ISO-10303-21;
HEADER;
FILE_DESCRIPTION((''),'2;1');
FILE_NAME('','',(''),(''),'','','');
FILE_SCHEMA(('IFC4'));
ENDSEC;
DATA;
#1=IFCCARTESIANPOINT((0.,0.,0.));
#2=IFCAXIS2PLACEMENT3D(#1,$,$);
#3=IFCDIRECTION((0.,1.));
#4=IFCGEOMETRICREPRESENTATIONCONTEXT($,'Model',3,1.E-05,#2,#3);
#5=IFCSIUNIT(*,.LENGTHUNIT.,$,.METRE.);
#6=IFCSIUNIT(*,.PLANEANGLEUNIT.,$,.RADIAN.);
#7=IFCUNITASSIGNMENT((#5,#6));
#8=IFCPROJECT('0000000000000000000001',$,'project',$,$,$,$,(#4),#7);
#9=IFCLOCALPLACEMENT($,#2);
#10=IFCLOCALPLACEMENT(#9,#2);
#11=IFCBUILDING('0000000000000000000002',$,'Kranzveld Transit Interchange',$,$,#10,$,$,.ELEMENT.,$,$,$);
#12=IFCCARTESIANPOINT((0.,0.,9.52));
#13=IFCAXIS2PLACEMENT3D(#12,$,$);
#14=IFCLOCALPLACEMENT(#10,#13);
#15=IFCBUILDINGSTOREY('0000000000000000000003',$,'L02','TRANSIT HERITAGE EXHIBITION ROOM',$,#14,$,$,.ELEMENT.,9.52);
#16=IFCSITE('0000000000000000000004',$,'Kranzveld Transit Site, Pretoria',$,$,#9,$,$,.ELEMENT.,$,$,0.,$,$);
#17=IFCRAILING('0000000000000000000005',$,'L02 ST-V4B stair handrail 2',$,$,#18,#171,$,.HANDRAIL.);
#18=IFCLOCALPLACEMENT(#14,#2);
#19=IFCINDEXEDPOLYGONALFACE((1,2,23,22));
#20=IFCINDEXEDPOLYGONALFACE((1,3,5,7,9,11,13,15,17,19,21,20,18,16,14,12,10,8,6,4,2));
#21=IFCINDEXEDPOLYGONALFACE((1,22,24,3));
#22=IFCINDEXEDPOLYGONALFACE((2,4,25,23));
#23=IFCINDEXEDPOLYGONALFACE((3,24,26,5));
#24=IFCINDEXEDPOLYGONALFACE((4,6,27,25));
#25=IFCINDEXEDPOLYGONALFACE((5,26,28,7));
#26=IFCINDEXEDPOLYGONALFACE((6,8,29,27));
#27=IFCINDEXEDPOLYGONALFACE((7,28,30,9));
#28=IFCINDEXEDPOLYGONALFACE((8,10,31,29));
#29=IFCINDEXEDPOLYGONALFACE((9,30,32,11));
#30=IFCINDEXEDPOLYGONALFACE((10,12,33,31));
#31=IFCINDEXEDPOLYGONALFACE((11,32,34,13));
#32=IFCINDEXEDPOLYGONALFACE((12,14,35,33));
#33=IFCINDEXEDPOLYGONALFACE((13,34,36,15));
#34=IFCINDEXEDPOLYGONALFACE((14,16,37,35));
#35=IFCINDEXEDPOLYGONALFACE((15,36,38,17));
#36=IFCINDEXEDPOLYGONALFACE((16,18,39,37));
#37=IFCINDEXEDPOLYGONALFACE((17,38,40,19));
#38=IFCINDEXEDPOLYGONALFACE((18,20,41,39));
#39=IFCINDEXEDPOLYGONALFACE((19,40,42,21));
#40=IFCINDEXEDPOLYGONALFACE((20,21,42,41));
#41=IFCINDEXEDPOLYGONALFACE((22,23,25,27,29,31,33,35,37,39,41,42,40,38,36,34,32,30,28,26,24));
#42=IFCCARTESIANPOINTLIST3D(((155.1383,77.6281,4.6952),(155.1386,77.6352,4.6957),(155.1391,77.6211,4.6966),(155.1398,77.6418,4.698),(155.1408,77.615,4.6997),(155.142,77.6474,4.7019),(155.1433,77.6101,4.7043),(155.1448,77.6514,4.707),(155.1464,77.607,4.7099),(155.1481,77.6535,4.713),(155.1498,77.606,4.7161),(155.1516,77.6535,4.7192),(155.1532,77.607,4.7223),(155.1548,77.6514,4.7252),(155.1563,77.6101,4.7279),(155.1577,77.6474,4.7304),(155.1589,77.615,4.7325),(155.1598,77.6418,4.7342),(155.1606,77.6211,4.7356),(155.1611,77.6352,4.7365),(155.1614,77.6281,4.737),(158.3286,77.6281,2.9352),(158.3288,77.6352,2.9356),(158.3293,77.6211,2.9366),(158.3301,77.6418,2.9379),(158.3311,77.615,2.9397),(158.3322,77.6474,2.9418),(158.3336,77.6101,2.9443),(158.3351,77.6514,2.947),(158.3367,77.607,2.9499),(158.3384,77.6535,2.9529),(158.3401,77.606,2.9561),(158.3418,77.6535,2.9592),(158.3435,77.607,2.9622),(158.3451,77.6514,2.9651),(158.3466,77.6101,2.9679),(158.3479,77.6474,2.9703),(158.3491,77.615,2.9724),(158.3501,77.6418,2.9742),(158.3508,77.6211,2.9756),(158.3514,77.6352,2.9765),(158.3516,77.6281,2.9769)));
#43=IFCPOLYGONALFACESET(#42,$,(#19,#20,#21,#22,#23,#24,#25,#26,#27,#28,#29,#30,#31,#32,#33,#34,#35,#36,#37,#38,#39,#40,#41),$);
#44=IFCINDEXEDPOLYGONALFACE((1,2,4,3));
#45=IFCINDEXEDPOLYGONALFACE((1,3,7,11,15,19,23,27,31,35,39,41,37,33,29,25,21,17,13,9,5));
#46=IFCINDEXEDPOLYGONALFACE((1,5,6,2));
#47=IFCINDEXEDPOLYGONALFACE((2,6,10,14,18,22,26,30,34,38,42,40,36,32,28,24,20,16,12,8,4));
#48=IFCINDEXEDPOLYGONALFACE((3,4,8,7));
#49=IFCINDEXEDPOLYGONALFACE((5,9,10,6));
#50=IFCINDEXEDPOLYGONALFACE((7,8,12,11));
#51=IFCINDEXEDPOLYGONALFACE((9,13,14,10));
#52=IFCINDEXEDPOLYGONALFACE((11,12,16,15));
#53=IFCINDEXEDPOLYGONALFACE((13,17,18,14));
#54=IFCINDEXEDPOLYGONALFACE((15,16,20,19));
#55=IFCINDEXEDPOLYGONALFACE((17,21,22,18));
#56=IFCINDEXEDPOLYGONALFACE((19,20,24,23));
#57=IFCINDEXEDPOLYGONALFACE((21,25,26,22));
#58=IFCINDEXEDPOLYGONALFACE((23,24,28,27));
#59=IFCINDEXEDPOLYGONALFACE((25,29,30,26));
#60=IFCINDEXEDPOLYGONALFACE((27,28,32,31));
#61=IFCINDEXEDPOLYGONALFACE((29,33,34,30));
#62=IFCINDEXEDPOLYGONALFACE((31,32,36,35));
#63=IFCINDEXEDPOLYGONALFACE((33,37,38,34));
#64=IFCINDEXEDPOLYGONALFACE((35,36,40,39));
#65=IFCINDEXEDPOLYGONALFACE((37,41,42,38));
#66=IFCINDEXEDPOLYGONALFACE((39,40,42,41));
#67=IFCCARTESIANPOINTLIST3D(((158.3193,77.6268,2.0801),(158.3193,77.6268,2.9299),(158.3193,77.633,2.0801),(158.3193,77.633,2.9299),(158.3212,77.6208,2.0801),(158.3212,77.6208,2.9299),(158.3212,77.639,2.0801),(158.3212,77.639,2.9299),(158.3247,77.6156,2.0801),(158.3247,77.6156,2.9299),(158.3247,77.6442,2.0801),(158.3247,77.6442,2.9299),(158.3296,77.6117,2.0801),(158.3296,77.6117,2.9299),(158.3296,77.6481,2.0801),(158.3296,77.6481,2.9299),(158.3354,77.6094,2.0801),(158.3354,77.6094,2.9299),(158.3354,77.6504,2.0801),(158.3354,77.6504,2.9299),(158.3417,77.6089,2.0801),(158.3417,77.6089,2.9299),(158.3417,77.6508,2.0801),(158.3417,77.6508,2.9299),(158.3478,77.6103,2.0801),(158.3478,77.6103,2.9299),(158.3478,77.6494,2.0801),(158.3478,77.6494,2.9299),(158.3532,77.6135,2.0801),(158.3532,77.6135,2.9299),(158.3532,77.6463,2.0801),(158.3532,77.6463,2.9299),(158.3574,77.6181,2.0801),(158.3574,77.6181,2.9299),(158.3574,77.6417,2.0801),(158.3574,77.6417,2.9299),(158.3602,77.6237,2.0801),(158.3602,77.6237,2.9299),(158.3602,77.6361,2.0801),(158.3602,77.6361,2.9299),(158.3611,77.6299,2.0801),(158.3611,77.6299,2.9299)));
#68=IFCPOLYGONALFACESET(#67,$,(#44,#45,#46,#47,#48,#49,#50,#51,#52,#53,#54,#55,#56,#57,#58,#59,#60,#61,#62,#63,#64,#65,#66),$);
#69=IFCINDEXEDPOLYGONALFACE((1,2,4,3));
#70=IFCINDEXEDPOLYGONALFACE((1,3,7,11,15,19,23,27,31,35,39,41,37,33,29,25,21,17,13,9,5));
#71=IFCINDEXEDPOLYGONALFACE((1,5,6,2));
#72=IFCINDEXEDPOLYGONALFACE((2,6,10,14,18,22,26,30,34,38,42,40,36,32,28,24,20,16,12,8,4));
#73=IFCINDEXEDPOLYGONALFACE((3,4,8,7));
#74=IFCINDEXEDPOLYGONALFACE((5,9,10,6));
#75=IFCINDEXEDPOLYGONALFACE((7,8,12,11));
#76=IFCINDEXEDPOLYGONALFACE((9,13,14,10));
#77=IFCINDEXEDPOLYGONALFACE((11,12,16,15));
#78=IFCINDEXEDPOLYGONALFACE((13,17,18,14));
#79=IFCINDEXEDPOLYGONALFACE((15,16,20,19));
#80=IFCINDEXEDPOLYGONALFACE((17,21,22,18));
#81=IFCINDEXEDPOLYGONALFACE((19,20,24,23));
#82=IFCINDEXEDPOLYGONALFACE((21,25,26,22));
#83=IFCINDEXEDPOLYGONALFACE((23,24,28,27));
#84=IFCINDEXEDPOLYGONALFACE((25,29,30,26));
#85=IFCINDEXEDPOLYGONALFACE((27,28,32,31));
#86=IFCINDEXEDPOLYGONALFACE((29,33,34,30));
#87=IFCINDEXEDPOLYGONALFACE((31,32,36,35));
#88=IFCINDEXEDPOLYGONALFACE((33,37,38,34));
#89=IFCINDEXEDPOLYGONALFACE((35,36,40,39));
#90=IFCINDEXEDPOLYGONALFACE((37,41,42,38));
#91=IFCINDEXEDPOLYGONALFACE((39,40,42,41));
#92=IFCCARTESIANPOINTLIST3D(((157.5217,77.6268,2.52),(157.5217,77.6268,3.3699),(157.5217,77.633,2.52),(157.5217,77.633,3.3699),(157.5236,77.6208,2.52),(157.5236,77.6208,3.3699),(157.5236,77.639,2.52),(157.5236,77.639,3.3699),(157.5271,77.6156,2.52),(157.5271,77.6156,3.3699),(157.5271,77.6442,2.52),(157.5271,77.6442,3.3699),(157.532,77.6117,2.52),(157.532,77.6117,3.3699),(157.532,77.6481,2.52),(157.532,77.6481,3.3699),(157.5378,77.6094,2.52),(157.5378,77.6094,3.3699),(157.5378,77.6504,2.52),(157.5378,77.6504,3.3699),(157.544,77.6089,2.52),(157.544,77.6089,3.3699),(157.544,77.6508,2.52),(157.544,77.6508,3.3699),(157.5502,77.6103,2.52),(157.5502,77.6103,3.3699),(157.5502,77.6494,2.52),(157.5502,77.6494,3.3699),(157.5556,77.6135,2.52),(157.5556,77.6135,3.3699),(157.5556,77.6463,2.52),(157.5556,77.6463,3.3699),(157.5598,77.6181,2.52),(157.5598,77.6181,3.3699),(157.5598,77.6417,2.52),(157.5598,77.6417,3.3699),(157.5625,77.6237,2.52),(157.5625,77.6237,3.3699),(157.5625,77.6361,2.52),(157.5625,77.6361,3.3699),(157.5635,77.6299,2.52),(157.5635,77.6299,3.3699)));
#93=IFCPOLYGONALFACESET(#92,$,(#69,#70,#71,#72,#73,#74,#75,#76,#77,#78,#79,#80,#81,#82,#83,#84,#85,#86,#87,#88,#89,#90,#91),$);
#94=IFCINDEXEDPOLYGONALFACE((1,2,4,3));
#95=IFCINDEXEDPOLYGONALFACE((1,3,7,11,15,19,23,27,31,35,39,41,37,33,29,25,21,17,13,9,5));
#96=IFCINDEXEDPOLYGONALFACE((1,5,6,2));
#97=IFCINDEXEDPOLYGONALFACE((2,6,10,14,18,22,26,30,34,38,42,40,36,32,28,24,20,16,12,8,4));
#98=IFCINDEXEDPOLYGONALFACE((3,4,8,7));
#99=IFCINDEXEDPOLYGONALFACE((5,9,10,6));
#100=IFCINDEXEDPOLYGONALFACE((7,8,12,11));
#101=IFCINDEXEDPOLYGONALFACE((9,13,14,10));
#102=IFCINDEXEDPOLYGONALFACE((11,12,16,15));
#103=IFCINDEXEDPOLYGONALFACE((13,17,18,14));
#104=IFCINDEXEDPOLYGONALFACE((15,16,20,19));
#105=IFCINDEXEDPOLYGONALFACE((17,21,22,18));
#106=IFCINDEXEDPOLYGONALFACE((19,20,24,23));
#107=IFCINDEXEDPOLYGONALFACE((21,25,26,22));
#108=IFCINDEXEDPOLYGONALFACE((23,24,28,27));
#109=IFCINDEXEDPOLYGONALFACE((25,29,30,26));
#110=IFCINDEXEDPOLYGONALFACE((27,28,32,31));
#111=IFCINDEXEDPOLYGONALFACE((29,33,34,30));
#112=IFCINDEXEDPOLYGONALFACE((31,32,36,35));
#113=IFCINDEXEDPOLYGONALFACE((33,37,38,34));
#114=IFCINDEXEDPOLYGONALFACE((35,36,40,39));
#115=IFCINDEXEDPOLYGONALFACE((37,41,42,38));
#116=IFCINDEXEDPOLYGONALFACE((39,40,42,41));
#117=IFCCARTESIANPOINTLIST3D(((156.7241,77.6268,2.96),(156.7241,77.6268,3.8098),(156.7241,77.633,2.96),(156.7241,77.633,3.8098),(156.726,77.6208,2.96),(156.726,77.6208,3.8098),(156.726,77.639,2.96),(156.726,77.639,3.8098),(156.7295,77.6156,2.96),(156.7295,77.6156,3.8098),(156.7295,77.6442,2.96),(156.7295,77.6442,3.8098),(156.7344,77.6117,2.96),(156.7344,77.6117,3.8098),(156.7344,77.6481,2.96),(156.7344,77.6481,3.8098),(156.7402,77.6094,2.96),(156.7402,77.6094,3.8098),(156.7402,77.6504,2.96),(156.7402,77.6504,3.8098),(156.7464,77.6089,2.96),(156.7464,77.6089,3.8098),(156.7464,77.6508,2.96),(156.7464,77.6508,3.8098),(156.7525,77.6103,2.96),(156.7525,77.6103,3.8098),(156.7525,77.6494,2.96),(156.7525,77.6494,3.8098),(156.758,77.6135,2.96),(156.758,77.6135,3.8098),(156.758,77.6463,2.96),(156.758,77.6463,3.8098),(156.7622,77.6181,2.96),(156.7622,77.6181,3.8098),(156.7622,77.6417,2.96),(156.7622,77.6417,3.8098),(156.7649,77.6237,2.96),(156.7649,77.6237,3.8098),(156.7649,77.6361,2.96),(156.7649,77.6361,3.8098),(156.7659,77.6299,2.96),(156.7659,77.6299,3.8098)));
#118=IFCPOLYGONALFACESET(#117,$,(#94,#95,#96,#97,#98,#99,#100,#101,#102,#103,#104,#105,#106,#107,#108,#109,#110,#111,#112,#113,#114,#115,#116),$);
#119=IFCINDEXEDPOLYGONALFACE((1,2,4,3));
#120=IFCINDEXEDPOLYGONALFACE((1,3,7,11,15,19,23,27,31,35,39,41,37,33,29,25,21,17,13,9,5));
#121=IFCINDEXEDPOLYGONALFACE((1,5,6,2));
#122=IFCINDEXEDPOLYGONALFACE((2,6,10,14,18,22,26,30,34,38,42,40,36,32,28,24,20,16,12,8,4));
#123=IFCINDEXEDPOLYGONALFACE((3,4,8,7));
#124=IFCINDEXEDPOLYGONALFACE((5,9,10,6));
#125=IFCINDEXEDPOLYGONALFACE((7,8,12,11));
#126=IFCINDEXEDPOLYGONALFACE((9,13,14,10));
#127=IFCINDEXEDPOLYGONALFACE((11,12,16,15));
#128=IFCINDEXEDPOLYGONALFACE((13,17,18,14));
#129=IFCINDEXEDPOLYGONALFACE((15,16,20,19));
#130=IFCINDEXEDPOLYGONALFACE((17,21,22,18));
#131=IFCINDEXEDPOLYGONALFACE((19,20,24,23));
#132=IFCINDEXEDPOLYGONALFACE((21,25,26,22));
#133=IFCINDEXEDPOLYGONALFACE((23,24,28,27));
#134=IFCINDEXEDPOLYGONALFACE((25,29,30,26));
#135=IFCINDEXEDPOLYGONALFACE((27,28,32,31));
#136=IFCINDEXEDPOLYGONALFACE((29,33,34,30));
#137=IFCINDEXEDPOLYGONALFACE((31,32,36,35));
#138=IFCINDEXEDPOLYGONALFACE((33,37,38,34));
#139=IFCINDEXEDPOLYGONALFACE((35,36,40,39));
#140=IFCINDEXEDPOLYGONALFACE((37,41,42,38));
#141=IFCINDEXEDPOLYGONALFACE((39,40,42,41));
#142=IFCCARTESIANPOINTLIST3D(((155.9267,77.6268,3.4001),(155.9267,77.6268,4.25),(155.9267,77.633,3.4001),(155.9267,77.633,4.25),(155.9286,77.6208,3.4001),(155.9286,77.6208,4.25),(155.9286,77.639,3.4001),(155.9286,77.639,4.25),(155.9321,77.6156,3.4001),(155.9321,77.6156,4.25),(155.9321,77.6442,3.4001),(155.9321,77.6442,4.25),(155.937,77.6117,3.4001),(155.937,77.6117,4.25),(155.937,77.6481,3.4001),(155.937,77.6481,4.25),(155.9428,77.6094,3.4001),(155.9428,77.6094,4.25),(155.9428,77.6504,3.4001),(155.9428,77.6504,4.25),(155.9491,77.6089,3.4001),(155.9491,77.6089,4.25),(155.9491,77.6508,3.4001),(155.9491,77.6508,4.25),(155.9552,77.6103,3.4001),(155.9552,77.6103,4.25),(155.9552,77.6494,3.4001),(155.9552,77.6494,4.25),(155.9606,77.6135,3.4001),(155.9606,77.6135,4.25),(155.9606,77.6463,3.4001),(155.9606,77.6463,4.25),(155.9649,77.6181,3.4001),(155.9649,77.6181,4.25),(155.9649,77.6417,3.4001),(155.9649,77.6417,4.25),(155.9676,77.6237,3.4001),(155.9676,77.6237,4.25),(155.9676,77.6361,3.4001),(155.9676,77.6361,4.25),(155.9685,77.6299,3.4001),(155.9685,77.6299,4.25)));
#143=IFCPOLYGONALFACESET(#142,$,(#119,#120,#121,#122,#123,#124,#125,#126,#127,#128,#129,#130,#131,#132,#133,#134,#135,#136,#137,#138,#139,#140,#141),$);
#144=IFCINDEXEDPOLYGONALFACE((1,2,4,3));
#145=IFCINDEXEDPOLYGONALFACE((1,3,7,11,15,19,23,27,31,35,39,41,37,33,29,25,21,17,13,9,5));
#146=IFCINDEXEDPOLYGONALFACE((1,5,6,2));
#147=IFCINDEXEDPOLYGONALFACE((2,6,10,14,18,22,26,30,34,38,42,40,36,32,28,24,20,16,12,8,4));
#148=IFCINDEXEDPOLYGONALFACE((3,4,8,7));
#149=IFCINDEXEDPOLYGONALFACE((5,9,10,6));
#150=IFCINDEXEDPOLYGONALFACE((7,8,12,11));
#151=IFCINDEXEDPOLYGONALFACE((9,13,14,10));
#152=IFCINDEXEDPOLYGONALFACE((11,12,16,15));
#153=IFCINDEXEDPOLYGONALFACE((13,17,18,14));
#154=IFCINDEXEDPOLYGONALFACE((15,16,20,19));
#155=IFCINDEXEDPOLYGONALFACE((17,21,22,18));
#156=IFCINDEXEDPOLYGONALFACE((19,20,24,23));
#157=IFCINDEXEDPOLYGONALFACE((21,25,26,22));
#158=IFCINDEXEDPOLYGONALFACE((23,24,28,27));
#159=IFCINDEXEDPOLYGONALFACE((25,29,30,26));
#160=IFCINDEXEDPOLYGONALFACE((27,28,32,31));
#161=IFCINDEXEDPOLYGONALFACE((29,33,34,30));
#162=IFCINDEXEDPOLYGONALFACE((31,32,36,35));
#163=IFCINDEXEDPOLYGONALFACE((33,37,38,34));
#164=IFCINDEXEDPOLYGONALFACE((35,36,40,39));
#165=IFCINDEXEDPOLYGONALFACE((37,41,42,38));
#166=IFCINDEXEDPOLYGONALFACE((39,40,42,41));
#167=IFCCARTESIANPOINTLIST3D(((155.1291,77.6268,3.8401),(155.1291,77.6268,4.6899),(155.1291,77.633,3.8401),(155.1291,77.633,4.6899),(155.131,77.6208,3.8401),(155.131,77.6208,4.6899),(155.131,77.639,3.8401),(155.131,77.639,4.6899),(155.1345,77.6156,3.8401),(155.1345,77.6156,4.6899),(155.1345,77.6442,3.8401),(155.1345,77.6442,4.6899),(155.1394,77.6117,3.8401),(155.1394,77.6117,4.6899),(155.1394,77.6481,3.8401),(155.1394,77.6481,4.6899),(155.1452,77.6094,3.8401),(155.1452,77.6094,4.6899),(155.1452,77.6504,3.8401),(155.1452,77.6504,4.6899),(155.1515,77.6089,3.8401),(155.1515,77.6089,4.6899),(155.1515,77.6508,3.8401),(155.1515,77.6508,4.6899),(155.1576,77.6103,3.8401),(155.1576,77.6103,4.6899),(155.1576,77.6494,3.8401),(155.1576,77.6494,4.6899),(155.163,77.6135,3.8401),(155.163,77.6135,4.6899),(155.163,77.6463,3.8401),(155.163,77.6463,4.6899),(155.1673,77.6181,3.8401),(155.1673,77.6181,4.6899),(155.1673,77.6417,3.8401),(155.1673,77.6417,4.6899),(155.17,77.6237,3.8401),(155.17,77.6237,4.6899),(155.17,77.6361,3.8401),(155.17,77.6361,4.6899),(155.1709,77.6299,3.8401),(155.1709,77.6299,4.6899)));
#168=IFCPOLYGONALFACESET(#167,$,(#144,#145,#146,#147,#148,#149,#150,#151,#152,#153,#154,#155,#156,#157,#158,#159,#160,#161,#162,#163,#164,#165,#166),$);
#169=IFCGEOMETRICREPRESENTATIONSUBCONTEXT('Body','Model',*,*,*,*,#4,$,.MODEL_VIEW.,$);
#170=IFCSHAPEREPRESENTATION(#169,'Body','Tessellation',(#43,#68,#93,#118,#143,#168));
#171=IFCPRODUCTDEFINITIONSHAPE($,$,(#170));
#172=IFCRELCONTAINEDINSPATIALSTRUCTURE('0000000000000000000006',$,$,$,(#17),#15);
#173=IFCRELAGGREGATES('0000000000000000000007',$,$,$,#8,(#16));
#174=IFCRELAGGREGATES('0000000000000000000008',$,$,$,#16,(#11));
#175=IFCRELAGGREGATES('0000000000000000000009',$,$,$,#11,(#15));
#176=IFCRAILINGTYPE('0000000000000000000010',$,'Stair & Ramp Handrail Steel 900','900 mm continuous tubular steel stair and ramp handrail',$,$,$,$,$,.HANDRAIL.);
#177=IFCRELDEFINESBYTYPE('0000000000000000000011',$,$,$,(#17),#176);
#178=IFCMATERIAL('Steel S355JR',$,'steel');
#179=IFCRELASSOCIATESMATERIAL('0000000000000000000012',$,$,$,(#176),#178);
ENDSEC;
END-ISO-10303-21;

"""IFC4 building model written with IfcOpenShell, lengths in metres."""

from ifc_helpers import new_model, si_unit, direction, frame, origin, origin_2d, place, context, subcontext, project, spatial, circle, extrude, material, type_object, element, save


model = new_model("IFC4")

# Units and contexts
model_context = context("Model", 3, precision=1e-05, world=origin(), true_north=direction((0.0, 1.0)))
body_context = subcontext(model_context, "Body", "Model", "MODEL_VIEW")
ifc_project = project(units=[si_unit("LENGTHUNIT", "METRE"), si_unit("PLANEANGLEUNIT", "RADIAN")], contexts=[model_context])

# Site, building, storey
site_placement = place(None, origin())
site = spatial("IfcSite", under=ifc_project, at=site_placement, Name="Kranzveld Transit Site, Pretoria", CompositionType="ELEMENT", RefElevation=0.0)
building_placement = place(site_placement, origin())
building = spatial("IfcBuilding", under=site, at=building_placement, Name="Kranzveld Transit Interchange", CompositionType="ELEMENT")
storey_placement = place(building_placement, frame((0.0, 0.0, 9.52)))
storey = spatial("IfcBuildingStorey", under=building, at=storey_placement, Name="L02", Description="TRANSIT HERITAGE EXHIBITION ROOM", CompositionType="ELEMENT", Elevation=9.52)

# Railing
ifc_material_1 = material(Name="Steel S355JR", Category="steel")
railing_type_1 = type_object("IfcRailingType", Name="Stair & Ramp Handrail Steel 900", Description="900 mm continuous tubular steel stair and ramp handrail", PredefinedType="HANDRAIL", material=ifc_material_1)
railing_1_placement = place(storey_placement, frame((158.3401, 77.6299, 2.0801)))
element("IfcRailing", 1, at=railing_1_placement, inside=storey, type_object=railing_type_1, Name="L02 ST-V4B stair handrail 2", PredefinedType="HANDRAIL", context=body_context, shape_type="SweptSolid", body=[
    extrude(circle(Radius=0.0239, at=origin_2d()), frame((0.0, 0.0, 0.876), z_axis=(-0.875588, 0.0, 0.483058), x_axis=(0.0, -1.0, 0.0)), (0.0, 0.0, 1.0), 3.6436),
    extrude(circle(Radius=0.021, at=origin_2d()), origin(), (0.0, 0.0, 1.0), 0.8499),
    extrude(circle(Radius=0.021, at=origin_2d()), frame((-0.7976, 0.0, 0.4399)), (0.0, 0.0, 1.0), 0.8499),
    extrude(circle(Radius=0.021, at=origin_2d()), frame((-1.5952, 0.0, 0.8799)), (0.0, 0.0, 1.0), 0.8499),
    extrude(circle(Radius=0.021, at=origin_2d()), frame((-2.3926, 0.0, 1.3201)), (0.0, 0.0, 1.0), 0.8499),
    extrude(circle(Radius=0.021, at=origin_2d()), frame((-3.1902, 0.0, 1.76)), (0.0, 0.0, 1.0), 0.8499),
])

save(model, "model.ifc")
